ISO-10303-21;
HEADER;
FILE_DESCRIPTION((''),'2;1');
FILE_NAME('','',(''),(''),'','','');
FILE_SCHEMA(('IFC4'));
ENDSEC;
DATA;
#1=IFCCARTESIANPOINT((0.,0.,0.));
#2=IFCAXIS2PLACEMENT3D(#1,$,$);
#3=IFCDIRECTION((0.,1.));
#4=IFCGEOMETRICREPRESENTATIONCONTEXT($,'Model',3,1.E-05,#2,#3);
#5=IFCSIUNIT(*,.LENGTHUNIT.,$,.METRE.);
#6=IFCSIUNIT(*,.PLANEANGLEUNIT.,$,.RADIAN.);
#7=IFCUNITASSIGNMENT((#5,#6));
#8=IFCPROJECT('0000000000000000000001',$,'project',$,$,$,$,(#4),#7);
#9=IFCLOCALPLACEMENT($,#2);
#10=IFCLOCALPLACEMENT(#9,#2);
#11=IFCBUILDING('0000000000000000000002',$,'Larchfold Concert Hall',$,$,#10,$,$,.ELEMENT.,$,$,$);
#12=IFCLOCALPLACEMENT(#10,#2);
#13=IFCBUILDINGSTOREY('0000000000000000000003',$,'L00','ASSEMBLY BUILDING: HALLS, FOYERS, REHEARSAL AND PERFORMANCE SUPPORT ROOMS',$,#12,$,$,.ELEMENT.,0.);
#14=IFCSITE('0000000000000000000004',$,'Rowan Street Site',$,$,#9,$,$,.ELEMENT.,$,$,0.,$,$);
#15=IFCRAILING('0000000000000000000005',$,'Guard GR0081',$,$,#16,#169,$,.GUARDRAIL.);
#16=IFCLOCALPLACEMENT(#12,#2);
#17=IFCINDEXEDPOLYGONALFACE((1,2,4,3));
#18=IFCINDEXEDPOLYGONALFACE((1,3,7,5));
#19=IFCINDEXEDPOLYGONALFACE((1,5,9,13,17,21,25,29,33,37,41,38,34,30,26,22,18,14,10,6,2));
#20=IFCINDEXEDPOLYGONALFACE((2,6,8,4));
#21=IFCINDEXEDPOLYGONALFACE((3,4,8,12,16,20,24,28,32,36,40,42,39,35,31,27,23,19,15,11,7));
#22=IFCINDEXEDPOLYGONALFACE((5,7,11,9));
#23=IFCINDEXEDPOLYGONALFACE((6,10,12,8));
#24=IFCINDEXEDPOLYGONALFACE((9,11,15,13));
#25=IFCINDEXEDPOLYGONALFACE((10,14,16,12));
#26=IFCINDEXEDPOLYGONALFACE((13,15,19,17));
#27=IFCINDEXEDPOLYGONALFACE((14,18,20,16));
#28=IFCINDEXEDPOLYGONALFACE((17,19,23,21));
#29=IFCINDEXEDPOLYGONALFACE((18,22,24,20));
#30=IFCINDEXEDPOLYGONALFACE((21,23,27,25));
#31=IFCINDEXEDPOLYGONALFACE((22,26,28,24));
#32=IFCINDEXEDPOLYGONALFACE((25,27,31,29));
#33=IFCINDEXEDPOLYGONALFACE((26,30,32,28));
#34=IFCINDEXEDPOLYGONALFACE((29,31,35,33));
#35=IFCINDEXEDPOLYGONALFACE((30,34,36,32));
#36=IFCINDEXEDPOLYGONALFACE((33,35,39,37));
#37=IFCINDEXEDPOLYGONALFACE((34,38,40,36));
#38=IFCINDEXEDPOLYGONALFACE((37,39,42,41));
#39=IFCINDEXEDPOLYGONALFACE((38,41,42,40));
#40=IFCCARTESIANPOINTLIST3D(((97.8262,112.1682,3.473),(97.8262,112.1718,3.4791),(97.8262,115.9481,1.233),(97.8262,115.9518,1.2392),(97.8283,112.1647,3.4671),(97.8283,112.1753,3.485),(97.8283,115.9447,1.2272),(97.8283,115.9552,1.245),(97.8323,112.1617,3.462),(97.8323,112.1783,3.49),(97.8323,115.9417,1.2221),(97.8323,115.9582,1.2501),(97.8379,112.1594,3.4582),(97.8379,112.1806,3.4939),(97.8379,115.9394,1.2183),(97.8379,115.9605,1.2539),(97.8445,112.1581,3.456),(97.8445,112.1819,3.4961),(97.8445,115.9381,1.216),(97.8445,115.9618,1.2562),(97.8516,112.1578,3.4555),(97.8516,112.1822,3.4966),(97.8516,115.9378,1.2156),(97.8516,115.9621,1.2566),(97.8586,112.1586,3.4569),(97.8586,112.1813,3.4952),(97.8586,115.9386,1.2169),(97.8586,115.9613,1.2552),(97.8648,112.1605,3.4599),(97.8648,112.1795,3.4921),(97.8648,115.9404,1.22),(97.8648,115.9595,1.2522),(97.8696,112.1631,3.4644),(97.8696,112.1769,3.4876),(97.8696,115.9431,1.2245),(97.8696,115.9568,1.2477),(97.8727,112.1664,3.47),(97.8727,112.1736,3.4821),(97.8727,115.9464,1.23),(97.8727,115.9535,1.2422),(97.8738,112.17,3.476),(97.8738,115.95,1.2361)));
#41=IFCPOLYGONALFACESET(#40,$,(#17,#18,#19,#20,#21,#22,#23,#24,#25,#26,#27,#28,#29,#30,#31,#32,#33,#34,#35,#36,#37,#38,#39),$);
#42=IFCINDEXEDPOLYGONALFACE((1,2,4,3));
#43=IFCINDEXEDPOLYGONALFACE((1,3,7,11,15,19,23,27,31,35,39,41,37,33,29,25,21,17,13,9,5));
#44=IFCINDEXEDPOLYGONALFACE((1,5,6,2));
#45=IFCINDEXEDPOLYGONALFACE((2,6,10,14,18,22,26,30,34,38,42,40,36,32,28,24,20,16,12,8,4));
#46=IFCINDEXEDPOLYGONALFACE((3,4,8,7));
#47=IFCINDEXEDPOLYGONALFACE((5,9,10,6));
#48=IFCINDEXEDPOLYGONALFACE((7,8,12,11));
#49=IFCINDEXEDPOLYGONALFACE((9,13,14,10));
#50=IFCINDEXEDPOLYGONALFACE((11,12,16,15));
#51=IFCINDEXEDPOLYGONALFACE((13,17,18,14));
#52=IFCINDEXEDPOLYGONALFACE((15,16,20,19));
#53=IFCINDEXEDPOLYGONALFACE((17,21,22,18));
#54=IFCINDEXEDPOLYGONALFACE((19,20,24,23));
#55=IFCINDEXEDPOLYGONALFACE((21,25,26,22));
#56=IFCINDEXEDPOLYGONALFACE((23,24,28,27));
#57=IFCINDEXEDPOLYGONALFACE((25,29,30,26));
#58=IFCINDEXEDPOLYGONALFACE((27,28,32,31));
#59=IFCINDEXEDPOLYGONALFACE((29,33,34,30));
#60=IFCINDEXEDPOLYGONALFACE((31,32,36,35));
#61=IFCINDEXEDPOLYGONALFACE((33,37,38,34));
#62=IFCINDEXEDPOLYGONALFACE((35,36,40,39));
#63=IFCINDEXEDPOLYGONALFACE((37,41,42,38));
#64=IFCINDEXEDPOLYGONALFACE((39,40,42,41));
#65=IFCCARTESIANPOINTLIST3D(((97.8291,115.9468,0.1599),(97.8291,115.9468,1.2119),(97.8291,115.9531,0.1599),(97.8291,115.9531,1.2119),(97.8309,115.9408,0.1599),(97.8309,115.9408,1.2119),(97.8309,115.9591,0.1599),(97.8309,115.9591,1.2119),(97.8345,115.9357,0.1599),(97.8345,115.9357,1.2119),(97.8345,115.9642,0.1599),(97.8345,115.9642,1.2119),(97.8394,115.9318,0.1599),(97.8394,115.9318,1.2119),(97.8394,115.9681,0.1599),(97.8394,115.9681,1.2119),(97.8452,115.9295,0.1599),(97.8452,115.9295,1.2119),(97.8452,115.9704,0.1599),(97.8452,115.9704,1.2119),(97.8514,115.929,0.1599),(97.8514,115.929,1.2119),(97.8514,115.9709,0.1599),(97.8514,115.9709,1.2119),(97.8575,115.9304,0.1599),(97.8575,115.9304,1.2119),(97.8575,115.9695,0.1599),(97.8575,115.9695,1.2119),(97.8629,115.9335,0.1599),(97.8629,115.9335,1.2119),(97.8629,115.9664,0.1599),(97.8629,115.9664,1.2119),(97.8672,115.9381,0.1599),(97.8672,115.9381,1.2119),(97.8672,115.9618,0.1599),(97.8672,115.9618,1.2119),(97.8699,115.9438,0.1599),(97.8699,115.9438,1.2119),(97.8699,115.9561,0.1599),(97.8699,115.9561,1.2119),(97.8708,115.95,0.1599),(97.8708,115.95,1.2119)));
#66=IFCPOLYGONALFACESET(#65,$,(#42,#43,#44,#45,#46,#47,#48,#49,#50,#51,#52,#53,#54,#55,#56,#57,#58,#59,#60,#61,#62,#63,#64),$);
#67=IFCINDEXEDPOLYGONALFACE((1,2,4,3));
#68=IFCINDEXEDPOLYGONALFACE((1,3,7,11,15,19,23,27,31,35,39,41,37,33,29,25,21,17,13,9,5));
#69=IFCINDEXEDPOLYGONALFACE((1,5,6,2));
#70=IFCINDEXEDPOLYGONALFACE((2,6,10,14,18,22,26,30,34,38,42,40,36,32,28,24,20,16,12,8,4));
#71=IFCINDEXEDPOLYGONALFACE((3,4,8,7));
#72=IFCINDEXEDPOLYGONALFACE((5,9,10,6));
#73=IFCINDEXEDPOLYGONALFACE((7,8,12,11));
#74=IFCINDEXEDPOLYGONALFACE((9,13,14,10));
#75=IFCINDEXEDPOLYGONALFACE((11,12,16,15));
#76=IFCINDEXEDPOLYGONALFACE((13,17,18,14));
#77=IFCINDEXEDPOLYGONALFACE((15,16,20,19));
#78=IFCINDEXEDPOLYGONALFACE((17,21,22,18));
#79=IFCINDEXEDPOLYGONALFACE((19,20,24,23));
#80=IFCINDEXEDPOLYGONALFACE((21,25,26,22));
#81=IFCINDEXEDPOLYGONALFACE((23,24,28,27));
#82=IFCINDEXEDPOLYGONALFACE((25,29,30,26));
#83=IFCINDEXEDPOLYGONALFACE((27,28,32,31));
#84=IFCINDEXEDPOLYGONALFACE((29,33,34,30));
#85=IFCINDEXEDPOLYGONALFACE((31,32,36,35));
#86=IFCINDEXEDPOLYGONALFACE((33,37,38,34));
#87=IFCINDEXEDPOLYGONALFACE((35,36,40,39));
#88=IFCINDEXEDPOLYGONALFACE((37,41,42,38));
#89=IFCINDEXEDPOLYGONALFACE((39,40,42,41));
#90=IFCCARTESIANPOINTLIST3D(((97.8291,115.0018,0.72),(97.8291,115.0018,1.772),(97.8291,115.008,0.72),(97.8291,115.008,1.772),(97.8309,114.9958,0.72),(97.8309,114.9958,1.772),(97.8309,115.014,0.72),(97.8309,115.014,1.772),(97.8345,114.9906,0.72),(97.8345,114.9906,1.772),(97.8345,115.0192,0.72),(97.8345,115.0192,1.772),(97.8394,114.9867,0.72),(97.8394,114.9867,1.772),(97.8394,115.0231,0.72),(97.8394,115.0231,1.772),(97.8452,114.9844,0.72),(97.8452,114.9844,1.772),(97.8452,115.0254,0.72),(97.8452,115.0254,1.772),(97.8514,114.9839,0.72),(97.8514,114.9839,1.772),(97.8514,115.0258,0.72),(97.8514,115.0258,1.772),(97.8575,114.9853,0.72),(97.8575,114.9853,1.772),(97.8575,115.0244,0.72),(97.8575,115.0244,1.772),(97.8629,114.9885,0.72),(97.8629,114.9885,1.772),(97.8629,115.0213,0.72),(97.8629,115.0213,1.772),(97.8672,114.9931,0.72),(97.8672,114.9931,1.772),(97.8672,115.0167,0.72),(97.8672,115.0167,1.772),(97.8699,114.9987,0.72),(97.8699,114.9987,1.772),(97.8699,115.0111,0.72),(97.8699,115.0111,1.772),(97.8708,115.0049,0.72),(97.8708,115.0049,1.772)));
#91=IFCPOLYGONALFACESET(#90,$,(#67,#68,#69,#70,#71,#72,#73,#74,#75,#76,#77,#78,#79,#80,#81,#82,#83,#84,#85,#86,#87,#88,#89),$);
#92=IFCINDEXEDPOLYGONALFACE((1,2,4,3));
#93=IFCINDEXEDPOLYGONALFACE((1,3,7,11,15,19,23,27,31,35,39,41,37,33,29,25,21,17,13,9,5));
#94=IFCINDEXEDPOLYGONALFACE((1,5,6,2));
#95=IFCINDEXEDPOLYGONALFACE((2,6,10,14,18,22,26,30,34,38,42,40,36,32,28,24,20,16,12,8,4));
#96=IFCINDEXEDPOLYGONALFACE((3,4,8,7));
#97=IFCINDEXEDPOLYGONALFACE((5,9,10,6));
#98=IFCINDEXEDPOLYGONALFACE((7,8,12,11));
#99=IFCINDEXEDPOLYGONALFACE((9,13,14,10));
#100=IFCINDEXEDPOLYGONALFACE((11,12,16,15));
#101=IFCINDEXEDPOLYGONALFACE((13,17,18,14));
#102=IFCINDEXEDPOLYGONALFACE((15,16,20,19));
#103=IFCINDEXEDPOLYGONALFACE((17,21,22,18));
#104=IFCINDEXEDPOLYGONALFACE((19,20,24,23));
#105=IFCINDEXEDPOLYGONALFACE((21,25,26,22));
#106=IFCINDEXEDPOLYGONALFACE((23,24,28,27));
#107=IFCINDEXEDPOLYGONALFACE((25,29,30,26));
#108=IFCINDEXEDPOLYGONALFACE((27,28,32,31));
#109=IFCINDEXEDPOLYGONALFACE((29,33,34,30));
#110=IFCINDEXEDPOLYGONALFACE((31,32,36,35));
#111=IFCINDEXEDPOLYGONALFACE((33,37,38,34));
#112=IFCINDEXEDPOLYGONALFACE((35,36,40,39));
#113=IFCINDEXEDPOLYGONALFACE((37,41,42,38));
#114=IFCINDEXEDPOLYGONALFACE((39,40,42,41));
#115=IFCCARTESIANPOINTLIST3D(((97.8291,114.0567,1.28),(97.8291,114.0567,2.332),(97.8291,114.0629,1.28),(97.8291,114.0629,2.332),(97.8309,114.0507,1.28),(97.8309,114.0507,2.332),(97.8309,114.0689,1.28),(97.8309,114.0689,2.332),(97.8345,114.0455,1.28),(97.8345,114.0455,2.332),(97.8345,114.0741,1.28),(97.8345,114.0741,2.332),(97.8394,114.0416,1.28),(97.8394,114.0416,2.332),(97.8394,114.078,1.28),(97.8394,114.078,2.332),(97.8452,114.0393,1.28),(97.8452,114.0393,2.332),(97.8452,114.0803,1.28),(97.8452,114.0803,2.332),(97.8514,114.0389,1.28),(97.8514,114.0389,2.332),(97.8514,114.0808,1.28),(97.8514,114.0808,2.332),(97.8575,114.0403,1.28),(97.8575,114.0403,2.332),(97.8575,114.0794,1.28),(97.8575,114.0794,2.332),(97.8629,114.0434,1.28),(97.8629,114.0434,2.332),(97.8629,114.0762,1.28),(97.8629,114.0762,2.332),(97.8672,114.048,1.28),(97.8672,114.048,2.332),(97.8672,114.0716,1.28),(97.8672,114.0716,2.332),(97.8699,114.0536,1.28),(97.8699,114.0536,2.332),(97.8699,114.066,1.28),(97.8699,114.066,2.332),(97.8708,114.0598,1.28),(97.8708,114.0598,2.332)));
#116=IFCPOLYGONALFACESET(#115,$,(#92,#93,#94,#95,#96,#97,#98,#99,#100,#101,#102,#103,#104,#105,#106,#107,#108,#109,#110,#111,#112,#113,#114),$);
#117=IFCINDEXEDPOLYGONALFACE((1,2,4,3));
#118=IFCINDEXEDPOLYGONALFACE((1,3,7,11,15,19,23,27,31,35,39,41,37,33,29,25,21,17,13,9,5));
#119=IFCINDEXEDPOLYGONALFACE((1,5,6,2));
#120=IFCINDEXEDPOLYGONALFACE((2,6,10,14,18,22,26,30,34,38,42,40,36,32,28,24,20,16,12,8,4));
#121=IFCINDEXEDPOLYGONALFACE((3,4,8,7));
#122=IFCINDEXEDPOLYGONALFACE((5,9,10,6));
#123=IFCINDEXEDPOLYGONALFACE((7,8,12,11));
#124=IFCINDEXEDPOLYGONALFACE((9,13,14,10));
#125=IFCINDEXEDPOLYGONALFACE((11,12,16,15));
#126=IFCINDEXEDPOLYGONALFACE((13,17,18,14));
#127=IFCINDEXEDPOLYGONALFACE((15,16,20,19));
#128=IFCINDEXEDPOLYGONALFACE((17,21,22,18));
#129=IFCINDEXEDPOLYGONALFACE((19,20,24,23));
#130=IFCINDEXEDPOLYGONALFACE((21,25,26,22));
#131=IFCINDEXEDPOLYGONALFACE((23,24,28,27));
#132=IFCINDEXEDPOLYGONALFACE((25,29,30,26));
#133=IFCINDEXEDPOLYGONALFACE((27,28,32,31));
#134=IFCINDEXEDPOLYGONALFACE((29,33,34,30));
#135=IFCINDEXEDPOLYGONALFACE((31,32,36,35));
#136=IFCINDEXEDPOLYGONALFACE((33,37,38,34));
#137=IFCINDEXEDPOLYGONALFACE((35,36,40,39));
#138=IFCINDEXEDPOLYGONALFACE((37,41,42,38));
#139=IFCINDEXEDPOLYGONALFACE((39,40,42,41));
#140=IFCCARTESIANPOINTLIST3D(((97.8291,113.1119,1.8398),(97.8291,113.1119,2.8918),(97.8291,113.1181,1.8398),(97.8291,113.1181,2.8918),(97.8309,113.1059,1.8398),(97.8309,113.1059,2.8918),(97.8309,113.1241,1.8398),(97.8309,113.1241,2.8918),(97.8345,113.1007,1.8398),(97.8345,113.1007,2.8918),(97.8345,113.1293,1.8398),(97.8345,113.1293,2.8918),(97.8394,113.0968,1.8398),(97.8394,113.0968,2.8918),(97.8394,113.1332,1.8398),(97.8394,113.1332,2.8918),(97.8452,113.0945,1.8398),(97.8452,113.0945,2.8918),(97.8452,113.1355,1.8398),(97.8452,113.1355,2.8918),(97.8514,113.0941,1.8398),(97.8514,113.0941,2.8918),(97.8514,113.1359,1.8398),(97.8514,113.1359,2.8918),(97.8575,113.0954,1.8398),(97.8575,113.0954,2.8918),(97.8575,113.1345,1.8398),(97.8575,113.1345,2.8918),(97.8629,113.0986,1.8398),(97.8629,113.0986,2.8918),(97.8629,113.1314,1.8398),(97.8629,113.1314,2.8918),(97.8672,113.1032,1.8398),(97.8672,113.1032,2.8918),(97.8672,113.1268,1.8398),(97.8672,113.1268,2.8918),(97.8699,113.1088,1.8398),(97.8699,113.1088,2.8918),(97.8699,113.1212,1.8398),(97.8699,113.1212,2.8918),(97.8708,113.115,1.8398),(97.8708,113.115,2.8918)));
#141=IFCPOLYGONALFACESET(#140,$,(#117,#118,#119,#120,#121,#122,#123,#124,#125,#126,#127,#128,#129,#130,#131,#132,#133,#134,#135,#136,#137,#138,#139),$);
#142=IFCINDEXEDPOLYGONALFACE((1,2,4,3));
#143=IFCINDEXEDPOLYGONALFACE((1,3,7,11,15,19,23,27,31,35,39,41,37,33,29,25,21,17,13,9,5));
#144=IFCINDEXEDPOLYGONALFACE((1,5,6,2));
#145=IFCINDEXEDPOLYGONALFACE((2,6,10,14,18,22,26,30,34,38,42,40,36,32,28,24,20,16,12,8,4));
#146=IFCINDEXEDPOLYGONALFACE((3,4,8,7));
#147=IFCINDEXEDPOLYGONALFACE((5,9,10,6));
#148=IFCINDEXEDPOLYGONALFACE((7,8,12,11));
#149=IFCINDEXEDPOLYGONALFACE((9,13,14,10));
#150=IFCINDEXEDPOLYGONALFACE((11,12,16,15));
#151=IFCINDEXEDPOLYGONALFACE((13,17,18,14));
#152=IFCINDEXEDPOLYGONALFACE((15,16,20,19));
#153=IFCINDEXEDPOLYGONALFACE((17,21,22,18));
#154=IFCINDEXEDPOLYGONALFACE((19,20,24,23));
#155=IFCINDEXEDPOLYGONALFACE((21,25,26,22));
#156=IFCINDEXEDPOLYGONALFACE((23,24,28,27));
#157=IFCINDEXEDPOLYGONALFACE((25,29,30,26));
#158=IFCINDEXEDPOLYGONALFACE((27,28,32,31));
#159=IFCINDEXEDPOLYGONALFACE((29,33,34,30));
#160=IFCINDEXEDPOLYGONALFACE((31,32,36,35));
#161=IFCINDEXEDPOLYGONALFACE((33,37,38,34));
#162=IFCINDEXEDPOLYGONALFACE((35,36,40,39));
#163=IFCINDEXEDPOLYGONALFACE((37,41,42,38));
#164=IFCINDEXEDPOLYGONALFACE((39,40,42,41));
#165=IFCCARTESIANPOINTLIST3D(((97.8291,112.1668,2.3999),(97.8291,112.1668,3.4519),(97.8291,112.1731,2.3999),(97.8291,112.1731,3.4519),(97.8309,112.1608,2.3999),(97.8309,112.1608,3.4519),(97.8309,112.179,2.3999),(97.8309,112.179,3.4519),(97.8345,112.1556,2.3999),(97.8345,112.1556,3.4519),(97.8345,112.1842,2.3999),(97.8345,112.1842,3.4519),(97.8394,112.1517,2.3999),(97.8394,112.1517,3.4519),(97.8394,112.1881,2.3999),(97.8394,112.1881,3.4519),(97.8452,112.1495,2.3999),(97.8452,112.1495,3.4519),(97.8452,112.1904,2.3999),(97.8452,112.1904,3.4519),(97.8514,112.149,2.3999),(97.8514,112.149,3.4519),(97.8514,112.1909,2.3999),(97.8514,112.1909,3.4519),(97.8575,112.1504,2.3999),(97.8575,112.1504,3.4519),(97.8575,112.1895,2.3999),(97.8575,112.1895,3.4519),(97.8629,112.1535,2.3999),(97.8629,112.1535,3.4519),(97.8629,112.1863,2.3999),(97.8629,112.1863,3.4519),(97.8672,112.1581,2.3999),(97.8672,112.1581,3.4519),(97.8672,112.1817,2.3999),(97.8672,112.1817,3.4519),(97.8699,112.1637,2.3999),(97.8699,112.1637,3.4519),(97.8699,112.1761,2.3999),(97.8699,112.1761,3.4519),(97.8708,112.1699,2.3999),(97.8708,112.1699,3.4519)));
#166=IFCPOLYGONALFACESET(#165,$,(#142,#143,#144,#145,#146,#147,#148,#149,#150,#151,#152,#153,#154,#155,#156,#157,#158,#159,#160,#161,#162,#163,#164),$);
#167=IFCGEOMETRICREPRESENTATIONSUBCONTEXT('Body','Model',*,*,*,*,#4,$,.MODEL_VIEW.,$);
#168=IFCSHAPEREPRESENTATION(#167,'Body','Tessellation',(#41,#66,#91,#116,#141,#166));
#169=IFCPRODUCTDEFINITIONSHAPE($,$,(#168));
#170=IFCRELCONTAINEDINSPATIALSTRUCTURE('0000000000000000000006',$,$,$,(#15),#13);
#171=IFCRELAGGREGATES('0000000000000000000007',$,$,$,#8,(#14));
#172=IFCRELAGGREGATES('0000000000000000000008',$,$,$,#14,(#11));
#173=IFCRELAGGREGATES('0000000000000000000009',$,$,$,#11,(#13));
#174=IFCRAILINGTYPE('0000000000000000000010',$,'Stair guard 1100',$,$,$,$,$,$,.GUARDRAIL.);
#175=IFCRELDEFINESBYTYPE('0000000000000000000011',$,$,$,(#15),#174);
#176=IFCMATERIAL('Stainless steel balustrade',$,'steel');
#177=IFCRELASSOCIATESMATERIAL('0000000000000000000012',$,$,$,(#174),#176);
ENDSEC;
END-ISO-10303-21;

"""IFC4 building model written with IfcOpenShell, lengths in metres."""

from ifc_helpers import new_model, si_unit, direction, frame, origin, origin_2d, place, context, subcontext, project, spatial, circle, extrude, material, type_object, element, save


model = new_model("IFC4")

# Units and contexts
model_context = context("Model", 3, precision=1e-05, world=origin(), true_north=direction((0.0, 1.0)))
body_context = subcontext(model_context, "Body", "Model", "MODEL_VIEW")
ifc_project = project(units=[si_unit("LENGTHUNIT", "METRE"), si_unit("PLANEANGLEUNIT", "RADIAN")], contexts=[model_context])

# Site, building, storey
site_placement = place(None, origin())
site = spatial("IfcSite", under=ifc_project, at=site_placement, Name="Rowan Street Site", CompositionType="ELEMENT", RefElevation=0.0)
building_placement = place(site_placement, origin())
building = spatial("IfcBuilding", under=site, at=building_placement, Name="Larchfold Concert Hall", CompositionType="ELEMENT")
storey_placement = place(building_placement, origin())
storey = spatial("IfcBuildingStorey", under=building, at=storey_placement, Name="L00", Description="ASSEMBLY BUILDING: HALLS, FOYERS, REHEARSAL AND PERFORMANCE SUPPORT ROOMS", CompositionType="ELEMENT", Elevation=0.0)

# Railing
ifc_material_1 = material(Name="Stainless steel balustrade", Category="steel")
railing_type_1 = type_object("IfcRailingType", Name="Stair guard 1100", PredefinedType="GUARDRAIL", material=ifc_material_1)
railing_1_placement = place(storey_placement, frame((97.8499, 115.95, 0.1599)))
element("IfcRailing", 1, at=railing_1_placement, inside=storey, type_object=railing_type_1, Name="Guard GR0081", PredefinedType="GUARDRAIL", context=body_context, shape_type="SweptSolid", body=[
    extrude(circle(Radius=0.0239, at=origin_2d()), frame((0.0, 0.0, 1.0762), z_axis=(0.0, -0.860294, 0.509798), x_axis=(1.0, 0.0, 0.0)), (0.0, 0.0, 1.0), 4.3938),
    extrude(circle(Radius=0.021, at=origin_2d()), origin(), (0.0, 0.0, 1.0), 1.052),
    extrude(circle(Radius=0.021, at=origin_2d()), frame((0.0, -0.9451, 0.5601)), (0.0, 0.0, 1.0), 1.052),
    extrude(circle(Radius=0.021, at=origin_2d()), frame((0.0, -1.8901, 1.1201)), (0.0, 0.0, 1.0), 1.052),
    extrude(circle(Radius=0.021, at=origin_2d()), frame((0.0, -2.835, 1.6799)), (0.0, 0.0, 1.0), 1.052),
    extrude(circle(Radius=0.021, at=origin_2d()), frame((0.0, -3.78, 2.24)), (0.0, 0.0, 1.0), 1.052),
])

save(model, "model.ifc")
